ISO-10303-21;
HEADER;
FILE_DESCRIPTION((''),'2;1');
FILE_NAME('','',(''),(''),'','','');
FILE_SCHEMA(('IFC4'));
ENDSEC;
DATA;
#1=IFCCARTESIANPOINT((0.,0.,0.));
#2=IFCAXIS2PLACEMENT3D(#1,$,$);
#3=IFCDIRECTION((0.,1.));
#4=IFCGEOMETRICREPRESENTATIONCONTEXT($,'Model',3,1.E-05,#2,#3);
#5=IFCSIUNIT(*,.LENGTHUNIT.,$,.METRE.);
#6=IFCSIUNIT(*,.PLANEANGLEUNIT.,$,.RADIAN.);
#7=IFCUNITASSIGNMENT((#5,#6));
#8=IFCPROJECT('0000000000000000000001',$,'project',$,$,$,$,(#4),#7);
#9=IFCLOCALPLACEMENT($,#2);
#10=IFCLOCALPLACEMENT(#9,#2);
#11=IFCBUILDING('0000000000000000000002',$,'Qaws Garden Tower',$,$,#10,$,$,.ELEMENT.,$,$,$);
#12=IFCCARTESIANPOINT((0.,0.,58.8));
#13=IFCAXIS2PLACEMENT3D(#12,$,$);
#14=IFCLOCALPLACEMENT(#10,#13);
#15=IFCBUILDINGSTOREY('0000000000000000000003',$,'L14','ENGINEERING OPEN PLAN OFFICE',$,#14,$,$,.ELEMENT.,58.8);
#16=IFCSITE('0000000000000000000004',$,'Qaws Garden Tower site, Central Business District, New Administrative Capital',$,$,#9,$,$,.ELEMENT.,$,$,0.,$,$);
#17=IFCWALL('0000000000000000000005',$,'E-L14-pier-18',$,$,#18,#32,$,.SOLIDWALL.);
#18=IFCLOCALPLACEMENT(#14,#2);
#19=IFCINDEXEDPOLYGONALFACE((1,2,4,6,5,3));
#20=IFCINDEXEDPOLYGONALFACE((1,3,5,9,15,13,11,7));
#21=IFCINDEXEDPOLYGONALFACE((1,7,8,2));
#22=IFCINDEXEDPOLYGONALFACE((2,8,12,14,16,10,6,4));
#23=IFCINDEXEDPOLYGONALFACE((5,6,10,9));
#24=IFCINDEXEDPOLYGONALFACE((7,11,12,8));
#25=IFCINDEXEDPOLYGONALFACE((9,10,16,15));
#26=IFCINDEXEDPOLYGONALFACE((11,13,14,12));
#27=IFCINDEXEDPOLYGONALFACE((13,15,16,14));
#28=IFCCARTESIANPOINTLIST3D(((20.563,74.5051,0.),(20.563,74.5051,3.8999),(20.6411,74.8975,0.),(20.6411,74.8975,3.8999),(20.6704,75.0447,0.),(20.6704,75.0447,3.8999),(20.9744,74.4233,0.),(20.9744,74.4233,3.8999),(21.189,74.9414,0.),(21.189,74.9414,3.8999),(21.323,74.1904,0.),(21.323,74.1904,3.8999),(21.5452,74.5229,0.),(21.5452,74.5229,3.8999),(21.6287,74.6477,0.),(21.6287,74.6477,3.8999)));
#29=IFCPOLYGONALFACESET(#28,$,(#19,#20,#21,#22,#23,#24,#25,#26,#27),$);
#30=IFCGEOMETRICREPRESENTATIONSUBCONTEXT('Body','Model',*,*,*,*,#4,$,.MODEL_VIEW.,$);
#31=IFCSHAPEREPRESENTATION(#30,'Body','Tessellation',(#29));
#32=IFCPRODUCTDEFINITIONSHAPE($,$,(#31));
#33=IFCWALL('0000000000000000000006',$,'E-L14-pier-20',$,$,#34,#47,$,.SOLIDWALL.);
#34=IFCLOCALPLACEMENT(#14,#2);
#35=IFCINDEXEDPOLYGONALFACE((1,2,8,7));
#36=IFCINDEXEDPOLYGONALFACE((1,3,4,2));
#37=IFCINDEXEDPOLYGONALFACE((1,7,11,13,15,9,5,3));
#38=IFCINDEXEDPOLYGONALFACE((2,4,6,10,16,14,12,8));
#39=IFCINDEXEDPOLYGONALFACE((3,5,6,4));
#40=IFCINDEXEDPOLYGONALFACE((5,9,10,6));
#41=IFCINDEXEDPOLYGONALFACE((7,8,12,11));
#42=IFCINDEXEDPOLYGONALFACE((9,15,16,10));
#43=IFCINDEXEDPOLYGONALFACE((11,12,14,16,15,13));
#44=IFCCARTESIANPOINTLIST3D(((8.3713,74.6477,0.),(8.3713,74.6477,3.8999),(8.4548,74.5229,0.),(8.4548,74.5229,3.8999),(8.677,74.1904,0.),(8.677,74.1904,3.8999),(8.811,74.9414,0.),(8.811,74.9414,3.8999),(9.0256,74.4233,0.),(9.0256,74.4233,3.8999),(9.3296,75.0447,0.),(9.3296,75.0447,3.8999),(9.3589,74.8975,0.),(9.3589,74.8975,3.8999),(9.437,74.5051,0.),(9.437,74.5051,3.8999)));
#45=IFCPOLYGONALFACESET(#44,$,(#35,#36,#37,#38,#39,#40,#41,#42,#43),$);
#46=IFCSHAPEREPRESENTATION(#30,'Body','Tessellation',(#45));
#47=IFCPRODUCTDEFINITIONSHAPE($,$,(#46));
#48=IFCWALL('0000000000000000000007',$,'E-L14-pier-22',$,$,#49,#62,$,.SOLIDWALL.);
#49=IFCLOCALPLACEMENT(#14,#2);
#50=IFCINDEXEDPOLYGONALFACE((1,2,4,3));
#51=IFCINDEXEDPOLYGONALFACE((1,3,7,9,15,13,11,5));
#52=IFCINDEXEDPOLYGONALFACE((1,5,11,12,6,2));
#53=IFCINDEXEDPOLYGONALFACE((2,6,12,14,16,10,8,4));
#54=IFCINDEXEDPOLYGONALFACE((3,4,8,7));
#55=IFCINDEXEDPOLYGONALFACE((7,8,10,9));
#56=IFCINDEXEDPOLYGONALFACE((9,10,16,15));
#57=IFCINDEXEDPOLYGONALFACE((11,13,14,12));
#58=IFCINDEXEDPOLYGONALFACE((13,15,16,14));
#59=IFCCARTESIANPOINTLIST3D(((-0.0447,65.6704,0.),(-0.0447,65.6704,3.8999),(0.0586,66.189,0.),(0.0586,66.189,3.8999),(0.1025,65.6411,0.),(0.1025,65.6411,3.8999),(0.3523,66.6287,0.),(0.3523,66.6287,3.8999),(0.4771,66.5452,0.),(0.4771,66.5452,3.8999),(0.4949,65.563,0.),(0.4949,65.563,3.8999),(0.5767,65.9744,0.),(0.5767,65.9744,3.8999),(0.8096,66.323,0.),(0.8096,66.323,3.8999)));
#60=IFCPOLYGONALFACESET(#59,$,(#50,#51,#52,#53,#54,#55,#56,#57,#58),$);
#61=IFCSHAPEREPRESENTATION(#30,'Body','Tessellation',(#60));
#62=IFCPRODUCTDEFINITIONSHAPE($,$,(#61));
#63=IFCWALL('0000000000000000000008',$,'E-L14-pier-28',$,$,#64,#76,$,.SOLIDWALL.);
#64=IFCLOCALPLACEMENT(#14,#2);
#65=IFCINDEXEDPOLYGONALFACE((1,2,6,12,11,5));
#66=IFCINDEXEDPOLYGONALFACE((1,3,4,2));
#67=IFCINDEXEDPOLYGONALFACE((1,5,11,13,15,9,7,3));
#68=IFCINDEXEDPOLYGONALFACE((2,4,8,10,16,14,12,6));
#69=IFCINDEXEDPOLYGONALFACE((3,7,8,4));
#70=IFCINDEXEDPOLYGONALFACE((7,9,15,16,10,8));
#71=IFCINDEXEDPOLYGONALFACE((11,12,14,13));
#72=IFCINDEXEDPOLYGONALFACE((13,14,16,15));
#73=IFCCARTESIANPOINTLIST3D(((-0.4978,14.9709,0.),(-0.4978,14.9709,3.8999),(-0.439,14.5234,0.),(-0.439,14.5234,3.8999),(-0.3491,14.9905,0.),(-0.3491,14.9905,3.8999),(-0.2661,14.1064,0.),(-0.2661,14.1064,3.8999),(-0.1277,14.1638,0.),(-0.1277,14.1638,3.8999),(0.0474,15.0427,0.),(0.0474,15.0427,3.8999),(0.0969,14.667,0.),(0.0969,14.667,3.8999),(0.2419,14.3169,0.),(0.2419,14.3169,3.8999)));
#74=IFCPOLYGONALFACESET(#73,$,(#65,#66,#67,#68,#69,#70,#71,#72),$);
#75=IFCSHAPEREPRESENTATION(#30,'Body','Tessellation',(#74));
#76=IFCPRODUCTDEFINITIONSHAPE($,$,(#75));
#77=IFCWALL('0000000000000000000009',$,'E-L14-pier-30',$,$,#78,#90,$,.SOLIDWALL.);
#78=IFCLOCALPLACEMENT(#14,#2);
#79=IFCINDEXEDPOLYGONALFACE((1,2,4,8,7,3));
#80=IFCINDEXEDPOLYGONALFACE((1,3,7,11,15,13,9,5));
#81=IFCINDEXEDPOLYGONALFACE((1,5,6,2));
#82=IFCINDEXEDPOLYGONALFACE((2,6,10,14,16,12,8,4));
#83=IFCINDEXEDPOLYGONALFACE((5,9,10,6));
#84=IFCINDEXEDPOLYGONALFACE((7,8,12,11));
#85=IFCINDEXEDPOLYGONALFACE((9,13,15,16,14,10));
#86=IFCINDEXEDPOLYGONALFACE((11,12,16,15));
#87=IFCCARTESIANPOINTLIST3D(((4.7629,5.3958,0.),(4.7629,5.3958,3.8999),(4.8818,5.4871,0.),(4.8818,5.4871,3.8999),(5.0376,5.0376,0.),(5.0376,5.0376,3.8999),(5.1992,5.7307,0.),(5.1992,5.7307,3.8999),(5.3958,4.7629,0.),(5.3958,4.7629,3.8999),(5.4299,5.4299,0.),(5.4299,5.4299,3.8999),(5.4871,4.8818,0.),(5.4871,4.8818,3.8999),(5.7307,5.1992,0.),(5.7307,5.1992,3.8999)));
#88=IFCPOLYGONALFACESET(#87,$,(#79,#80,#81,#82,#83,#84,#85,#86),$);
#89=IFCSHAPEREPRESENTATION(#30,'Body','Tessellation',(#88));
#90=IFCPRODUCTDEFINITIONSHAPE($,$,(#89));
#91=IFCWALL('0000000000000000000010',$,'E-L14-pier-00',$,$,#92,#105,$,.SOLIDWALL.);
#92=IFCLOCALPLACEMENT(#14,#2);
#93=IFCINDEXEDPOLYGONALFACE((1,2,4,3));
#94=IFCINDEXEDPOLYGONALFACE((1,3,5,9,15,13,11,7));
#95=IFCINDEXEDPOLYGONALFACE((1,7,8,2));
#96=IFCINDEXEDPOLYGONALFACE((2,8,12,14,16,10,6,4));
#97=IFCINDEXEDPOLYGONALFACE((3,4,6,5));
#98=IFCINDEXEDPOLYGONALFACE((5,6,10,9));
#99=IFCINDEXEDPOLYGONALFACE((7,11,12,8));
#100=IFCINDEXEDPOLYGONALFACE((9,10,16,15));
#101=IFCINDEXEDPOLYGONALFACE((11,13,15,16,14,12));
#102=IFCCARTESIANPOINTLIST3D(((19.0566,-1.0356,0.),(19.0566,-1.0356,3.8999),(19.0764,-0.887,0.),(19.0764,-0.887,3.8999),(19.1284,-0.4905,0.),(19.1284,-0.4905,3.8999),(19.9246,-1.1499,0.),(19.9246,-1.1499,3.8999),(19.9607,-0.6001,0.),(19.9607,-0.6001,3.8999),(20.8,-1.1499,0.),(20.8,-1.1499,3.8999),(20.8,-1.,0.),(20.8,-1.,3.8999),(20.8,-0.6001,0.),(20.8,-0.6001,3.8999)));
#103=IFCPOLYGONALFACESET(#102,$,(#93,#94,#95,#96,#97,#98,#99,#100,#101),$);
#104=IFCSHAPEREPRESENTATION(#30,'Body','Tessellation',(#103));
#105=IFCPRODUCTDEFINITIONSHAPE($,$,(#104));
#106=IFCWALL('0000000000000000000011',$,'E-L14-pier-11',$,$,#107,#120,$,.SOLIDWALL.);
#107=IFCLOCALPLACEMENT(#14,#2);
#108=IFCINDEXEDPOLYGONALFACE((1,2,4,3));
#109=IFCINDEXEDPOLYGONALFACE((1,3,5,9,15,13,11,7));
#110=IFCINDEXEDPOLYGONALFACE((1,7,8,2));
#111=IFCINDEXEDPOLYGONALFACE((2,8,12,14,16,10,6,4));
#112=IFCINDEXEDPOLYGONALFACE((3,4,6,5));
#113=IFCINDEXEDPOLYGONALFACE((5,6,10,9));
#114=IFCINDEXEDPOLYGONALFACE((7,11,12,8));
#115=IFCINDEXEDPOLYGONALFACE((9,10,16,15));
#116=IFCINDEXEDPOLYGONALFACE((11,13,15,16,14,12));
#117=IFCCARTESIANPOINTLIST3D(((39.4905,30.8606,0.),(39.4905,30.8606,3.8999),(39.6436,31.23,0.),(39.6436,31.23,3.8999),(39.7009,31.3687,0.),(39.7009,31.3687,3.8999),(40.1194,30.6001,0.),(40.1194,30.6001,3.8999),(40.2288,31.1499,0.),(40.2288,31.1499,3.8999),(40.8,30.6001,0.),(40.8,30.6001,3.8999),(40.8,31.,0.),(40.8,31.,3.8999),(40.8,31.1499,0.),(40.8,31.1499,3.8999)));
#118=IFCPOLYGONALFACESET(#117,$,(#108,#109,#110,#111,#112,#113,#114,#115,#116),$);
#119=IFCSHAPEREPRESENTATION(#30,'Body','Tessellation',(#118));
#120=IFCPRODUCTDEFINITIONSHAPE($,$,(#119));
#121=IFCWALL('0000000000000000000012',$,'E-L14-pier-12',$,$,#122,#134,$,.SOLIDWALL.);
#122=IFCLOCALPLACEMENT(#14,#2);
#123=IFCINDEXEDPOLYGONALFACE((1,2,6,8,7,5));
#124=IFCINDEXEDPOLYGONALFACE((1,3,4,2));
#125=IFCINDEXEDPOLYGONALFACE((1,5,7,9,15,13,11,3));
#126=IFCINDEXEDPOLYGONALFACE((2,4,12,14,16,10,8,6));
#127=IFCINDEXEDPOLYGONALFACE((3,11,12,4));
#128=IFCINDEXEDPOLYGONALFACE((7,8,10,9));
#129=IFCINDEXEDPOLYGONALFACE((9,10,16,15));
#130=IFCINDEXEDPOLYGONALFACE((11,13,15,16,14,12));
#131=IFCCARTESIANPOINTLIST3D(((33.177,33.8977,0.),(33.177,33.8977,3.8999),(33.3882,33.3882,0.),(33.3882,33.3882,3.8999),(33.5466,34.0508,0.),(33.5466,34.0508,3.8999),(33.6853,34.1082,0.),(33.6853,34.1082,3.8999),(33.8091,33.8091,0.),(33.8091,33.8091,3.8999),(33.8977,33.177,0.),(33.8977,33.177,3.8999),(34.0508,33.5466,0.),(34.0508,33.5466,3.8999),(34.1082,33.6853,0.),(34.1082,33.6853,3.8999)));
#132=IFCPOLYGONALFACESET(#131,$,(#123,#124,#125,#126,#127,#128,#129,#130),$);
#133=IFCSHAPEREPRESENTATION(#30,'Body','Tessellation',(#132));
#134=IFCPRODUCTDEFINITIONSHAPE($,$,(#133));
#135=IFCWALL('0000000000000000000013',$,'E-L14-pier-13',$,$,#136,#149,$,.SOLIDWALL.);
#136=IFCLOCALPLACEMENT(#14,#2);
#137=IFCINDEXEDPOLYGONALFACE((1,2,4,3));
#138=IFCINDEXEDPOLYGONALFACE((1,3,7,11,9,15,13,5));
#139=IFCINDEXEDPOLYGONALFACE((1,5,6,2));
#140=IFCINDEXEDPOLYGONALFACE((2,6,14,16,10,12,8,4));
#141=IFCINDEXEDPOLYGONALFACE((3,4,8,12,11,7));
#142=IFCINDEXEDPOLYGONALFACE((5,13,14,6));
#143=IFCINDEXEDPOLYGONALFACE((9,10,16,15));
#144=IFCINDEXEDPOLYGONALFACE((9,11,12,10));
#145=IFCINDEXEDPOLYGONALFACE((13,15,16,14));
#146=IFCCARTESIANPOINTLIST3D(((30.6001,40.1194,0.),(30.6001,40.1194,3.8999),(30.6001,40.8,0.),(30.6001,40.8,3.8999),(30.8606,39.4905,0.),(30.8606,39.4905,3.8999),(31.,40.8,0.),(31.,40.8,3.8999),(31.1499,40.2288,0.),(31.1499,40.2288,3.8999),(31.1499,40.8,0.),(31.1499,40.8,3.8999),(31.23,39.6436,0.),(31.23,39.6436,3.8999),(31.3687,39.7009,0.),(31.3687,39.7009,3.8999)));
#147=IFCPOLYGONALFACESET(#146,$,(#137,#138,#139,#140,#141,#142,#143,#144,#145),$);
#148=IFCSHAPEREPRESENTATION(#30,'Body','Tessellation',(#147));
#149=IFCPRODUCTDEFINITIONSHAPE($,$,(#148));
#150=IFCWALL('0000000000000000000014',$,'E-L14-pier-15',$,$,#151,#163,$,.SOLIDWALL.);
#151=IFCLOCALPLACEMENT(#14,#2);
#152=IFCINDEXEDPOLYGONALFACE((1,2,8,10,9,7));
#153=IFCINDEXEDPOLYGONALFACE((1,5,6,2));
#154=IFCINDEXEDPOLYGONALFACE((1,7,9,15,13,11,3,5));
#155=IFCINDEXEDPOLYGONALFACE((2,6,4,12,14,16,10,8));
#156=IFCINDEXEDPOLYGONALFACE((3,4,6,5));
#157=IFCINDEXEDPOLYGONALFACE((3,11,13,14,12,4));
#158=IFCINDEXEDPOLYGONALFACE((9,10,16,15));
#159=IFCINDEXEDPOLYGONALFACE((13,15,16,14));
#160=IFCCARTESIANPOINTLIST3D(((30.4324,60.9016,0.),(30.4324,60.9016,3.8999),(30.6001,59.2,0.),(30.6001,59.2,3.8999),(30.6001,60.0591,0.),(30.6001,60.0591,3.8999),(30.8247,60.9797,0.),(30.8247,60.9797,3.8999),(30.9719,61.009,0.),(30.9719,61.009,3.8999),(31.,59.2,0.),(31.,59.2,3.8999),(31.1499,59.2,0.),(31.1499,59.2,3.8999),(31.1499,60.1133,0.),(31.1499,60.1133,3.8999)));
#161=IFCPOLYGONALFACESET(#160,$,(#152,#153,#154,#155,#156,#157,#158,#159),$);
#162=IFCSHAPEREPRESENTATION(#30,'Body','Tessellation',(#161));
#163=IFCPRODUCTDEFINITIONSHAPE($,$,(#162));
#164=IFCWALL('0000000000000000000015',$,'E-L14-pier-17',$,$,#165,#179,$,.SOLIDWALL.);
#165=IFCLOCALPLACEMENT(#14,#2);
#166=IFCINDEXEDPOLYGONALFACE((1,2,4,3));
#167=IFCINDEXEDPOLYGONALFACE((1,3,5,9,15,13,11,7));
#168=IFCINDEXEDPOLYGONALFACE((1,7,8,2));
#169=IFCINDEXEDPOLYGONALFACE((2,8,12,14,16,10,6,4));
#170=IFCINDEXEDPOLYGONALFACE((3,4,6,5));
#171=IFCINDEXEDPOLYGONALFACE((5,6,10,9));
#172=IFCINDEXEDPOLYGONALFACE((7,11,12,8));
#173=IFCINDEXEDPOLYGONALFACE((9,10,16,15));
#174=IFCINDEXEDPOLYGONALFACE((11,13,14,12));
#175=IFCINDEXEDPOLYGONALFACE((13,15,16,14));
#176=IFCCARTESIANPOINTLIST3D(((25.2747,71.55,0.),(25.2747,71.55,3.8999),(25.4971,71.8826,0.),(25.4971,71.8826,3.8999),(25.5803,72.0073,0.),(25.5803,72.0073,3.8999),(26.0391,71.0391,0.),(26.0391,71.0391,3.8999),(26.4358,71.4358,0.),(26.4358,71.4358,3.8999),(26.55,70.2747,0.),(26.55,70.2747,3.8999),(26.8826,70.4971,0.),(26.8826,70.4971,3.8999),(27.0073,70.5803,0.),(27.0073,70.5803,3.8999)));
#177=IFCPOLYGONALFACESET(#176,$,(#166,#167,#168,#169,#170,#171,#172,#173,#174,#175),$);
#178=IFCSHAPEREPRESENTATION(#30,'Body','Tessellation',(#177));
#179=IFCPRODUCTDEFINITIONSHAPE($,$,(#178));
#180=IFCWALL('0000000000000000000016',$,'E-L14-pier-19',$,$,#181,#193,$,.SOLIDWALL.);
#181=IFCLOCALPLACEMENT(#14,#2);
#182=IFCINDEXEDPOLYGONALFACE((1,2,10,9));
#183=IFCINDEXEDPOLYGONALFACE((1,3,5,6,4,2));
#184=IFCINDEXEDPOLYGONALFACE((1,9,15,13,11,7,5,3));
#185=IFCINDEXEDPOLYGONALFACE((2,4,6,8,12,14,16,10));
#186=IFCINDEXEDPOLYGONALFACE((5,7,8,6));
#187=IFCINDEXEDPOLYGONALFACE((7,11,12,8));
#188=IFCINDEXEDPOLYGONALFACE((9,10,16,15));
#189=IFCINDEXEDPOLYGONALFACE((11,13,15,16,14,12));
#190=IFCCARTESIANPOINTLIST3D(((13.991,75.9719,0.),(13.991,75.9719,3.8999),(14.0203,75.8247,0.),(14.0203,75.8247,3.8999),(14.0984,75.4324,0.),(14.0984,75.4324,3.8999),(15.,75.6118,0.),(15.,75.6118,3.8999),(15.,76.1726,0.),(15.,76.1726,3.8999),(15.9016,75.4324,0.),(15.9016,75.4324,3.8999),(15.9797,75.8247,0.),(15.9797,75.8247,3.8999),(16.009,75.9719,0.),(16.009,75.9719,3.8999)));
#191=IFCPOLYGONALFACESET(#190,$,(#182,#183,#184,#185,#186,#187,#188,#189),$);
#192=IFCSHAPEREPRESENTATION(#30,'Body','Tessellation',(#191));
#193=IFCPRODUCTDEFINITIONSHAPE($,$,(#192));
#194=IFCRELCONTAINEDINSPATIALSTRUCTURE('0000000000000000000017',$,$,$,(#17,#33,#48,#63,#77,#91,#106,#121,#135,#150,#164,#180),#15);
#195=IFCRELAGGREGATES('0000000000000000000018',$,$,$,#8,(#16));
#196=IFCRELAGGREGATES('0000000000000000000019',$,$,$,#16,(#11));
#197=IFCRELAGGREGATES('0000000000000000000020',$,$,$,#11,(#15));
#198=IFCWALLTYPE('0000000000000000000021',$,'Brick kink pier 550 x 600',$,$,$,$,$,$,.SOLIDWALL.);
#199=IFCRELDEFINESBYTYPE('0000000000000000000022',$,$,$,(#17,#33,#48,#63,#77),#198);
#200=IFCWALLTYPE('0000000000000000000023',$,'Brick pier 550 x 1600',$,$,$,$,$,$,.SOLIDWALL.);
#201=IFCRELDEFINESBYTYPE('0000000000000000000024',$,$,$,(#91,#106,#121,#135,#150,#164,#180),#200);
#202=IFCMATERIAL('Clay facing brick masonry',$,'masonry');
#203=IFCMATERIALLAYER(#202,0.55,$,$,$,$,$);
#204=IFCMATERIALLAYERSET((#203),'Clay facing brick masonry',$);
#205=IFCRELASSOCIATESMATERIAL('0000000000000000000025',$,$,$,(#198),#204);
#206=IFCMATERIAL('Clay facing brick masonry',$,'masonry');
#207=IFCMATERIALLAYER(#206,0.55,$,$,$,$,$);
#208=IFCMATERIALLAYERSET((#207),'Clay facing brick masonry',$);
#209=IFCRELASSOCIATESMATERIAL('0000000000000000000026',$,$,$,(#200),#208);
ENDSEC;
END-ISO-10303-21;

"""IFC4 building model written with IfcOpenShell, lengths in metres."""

from ifc_helpers import new_model, si_unit, direction, frame, origin, place, context, subcontext, project, spatial, polyline, outline, extrude, material, layer, layer_set, type_object, element, save


model = new_model("IFC4")

# Units and contexts
model_context = context("Model", 3, precision=1e-05, world=origin(), true_north=direction((0.0, 1.0)))
body_context = subcontext(model_context, "Body", "Model", "MODEL_VIEW")
ifc_project = project(units=[si_unit("LENGTHUNIT", "METRE"), si_unit("PLANEANGLEUNIT", "RADIAN")], contexts=[model_context])

# Site, building, storey
site_placement = place(None, origin())
site = spatial("IfcSite", under=ifc_project, at=site_placement, Name="Qaws Garden Tower site, Central Business District, New Administrative Capital", CompositionType="ELEMENT", RefElevation=0.0)
building_placement = place(site_placement, origin())
building = spatial("IfcBuilding", under=site, at=building_placement, Name="Qaws Garden Tower", CompositionType="ELEMENT")
storey_placement = place(building_placement, frame((0.0, 0.0, 58.8)))
storey = spatial("IfcBuildingStorey", under=building, at=storey_placement, Name="L14", Description="ENGINEERING OPEN PLAN OFFICE", CompositionType="ELEMENT", Elevation=58.8)

# Walls
placement = place(storey_placement, origin())
ifc_material_1 = material(Name="Clay facing brick masonry", Category="masonry")
ifc_layer_1 = layer(ifc_material_1, 0.55)
ifc_layer_set_1 = layer_set([ifc_layer_1], Name="Clay facing brick masonry")
wall_type_1 = type_object("IfcWallType", Name="Brick kink pier 550 x 600", PredefinedType="SOLIDWALL", material=ifc_layer_set_1)
element("IfcWall", 1, at=placement, inside=storey, type_object=wall_type_1, Name="E-L14-pier-18", PredefinedType="SOLIDWALL", context=body_context, shape_type="SweptSolid", body=[
    extrude(outline(polyline([(21.5452, 74.5229), (21.6287, 74.6477), (21.189, 74.9414), (20.6704, 75.0447), (20.6411, 74.8975), (20.563, 74.5051), (20.9744, 74.4233), (21.323, 74.1904), (21.5452, 74.5229)])), origin(), (0.0, 0.0, 1.0), 3.8999),
])
element("IfcWall", 2, at=placement, inside=storey, type_object=wall_type_1, Name="E-L14-pier-20", PredefinedType="SOLIDWALL", context=body_context, shape_type="SweptSolid", body=[
    extrude(outline(polyline([(9.3589, 74.8975), (9.3296, 75.0447), (8.811, 74.9414), (8.3713, 74.6477), (8.4548, 74.5229), (8.677, 74.1904), (9.0256, 74.4233), (9.437, 74.5051), (9.3589, 74.8975)])), origin(), (0.0, 0.0, 1.0), 3.8999),
])
element("IfcWall", 3, at=placement, inside=storey, type_object=wall_type_1, Name="E-L14-pier-22", PredefinedType="SOLIDWALL", context=body_context, shape_type="SweptSolid", body=[
    extrude(outline(polyline([(0.4771, 66.5452), (0.3523, 66.6287), (0.0586, 66.189), (-0.0447, 65.6704), (0.1025, 65.6411), (0.4949, 65.563), (0.5767, 65.9744), (0.8096, 66.323), (0.4771, 66.5452)])), origin(), (0.0, 0.0, 1.0), 3.8999),
])
element("IfcWall", 4, at=placement, inside=storey, type_object=wall_type_1, Name="E-L14-pier-28", PredefinedType="SOLIDWALL", context=body_context, shape_type="SweptSolid", body=[
    extrude(outline(polyline([(-0.3491, 14.9905), (-0.4978, 14.9709), (-0.439, 14.5234), (-0.2661, 14.1064), (-0.1277, 14.1638), (0.2419, 14.3169), (0.0969, 14.667), (0.0474, 15.0427), (-0.3491, 14.9905)])), origin(), (0.0, 0.0, 1.0), 3.8999),
])
element("IfcWall", 5, at=placement, inside=storey, type_object=wall_type_1, Name="E-L14-pier-30", PredefinedType="SOLIDWALL", context=body_context, shape_type="SweptSolid", body=[
    extrude(outline(polyline([(4.8818, 5.4871), (4.7629, 5.3958), (5.0376, 5.0376), (5.3958, 4.7629), (5.4871, 4.8818), (5.7307, 5.1992), (5.4299, 5.4299), (5.1992, 5.7307), (4.8818, 5.4871)])), origin(), (0.0, 0.0, 1.0), 3.8999),
])
ifc_material_2 = material(Name="Clay facing brick masonry", Category="masonry")
ifc_layer_2 = layer(ifc_material_2, 0.55)
ifc_layer_set_2 = layer_set([ifc_layer_2], Name="Clay facing brick masonry")
wall_type_2 = type_object("IfcWallType", Name="Brick pier 550 x 1600", PredefinedType="SOLIDWALL", material=ifc_layer_set_2)
element("IfcWall", 6, at=placement, inside=storey, type_object=wall_type_2, Name="E-L14-pier-00", PredefinedType="SOLIDWALL", context=body_context, shape_type="SweptSolid", body=[
    extrude(outline(polyline([(19.0764, -0.887), (19.0566, -1.0356), (19.9246, -1.1499), (20.8, -1.1499), (20.8, -1.0), (20.8, -0.6001), (19.9607, -0.6001), (19.1284, -0.4905), (19.0764, -0.887)])), origin(), (0.0, 0.0, 1.0), 3.8999),
])
element("IfcWall", 7, at=placement, inside=storey, type_object=wall_type_2, Name="E-L14-pier-11", PredefinedType="SOLIDWALL", context=body_context, shape_type="SweptSolid", body=[
    extrude(outline(polyline([(40.8, 31.0), (40.8, 31.1499), (40.2288, 31.1499), (39.7009, 31.3687), (39.6436, 31.23), (39.4905, 30.8606), (40.1194, 30.6001), (40.8, 30.6001), (40.8, 31.0)])), origin(), (0.0, 0.0, 1.0), 3.8999),
])
element("IfcWall", 8, at=placement, inside=storey, type_object=wall_type_2, Name="E-L14-pier-12", PredefinedType="SOLIDWALL", context=body_context, shape_type="SweptSolid", body=[
    extrude(outline(polyline([(34.0508, 33.5466), (34.1082, 33.6853), (33.8091, 33.8091), (33.6853, 34.1082), (33.5466, 34.0508), (33.177, 33.8977), (33.3882, 33.3882), (33.8977, 33.177), (34.0508, 33.5466)])), origin(), (0.0, 0.0, 1.0), 3.8999),
])
element("IfcWall", 9, at=placement, inside=storey, type_object=wall_type_2, Name="E-L14-pier-13", PredefinedType="SOLIDWALL", context=body_context, shape_type="SweptSolid", body=[
    extrude(outline(polyline([(31.23, 39.6436), (31.3687, 39.7009), (31.1499, 40.2288), (31.1499, 40.8), (31.0, 40.8), (30.6001, 40.8), (30.6001, 40.1194), (30.8606, 39.4905), (31.23, 39.6436)])), origin(), (0.0, 0.0, 1.0), 3.8999),
])
element("IfcWall", 10, at=placement, inside=storey, type_object=wall_type_2, Name="E-L14-pier-15", PredefinedType="SOLIDWALL", context=body_context, shape_type="SweptSolid", body=[
    extrude(outline(polyline([(31.0, 59.2), (31.1499, 59.2), (31.1499, 60.1133), (30.9719, 61.009), (30.8247, 60.9797), (30.4324, 60.9016), (30.6001, 60.0591), (30.6001, 59.2), (31.0, 59.2)])), origin(), (0.0, 0.0, 1.0), 3.8999),
])
element("IfcWall", 11, at=placement, inside=storey, type_object=wall_type_2, Name="E-L14-pier-17", PredefinedType="SOLIDWALL", context=body_context, shape_type="SweptSolid", body=[
    extrude(outline(polyline([(26.8826, 70.4971), (27.0073, 70.5803), (26.4358, 71.4358), (25.5803, 72.0073), (25.4971, 71.8826), (25.2747, 71.55), (26.0391, 71.0391), (26.55, 70.2747), (26.8826, 70.4971)])), origin(), (0.0, 0.0, 1.0), 3.8999),
])
element("IfcWall", 12, at=placement, inside=storey, type_object=wall_type_2, Name="E-L14-pier-19", PredefinedType="SOLIDWALL", context=body_context, shape_type="SweptSolid", body=[
    extrude(outline(polyline([(15.9797, 75.8247), (16.009, 75.9719), (15.0, 76.1726), (13.991, 75.9719), (14.0203, 75.8247), (14.0984, 75.4324), (15.0, 75.6118), (15.9016, 75.4324), (15.9797, 75.8247)])), origin(), (0.0, 0.0, 1.0), 3.8999),
])

save(model, "model.ifc")
